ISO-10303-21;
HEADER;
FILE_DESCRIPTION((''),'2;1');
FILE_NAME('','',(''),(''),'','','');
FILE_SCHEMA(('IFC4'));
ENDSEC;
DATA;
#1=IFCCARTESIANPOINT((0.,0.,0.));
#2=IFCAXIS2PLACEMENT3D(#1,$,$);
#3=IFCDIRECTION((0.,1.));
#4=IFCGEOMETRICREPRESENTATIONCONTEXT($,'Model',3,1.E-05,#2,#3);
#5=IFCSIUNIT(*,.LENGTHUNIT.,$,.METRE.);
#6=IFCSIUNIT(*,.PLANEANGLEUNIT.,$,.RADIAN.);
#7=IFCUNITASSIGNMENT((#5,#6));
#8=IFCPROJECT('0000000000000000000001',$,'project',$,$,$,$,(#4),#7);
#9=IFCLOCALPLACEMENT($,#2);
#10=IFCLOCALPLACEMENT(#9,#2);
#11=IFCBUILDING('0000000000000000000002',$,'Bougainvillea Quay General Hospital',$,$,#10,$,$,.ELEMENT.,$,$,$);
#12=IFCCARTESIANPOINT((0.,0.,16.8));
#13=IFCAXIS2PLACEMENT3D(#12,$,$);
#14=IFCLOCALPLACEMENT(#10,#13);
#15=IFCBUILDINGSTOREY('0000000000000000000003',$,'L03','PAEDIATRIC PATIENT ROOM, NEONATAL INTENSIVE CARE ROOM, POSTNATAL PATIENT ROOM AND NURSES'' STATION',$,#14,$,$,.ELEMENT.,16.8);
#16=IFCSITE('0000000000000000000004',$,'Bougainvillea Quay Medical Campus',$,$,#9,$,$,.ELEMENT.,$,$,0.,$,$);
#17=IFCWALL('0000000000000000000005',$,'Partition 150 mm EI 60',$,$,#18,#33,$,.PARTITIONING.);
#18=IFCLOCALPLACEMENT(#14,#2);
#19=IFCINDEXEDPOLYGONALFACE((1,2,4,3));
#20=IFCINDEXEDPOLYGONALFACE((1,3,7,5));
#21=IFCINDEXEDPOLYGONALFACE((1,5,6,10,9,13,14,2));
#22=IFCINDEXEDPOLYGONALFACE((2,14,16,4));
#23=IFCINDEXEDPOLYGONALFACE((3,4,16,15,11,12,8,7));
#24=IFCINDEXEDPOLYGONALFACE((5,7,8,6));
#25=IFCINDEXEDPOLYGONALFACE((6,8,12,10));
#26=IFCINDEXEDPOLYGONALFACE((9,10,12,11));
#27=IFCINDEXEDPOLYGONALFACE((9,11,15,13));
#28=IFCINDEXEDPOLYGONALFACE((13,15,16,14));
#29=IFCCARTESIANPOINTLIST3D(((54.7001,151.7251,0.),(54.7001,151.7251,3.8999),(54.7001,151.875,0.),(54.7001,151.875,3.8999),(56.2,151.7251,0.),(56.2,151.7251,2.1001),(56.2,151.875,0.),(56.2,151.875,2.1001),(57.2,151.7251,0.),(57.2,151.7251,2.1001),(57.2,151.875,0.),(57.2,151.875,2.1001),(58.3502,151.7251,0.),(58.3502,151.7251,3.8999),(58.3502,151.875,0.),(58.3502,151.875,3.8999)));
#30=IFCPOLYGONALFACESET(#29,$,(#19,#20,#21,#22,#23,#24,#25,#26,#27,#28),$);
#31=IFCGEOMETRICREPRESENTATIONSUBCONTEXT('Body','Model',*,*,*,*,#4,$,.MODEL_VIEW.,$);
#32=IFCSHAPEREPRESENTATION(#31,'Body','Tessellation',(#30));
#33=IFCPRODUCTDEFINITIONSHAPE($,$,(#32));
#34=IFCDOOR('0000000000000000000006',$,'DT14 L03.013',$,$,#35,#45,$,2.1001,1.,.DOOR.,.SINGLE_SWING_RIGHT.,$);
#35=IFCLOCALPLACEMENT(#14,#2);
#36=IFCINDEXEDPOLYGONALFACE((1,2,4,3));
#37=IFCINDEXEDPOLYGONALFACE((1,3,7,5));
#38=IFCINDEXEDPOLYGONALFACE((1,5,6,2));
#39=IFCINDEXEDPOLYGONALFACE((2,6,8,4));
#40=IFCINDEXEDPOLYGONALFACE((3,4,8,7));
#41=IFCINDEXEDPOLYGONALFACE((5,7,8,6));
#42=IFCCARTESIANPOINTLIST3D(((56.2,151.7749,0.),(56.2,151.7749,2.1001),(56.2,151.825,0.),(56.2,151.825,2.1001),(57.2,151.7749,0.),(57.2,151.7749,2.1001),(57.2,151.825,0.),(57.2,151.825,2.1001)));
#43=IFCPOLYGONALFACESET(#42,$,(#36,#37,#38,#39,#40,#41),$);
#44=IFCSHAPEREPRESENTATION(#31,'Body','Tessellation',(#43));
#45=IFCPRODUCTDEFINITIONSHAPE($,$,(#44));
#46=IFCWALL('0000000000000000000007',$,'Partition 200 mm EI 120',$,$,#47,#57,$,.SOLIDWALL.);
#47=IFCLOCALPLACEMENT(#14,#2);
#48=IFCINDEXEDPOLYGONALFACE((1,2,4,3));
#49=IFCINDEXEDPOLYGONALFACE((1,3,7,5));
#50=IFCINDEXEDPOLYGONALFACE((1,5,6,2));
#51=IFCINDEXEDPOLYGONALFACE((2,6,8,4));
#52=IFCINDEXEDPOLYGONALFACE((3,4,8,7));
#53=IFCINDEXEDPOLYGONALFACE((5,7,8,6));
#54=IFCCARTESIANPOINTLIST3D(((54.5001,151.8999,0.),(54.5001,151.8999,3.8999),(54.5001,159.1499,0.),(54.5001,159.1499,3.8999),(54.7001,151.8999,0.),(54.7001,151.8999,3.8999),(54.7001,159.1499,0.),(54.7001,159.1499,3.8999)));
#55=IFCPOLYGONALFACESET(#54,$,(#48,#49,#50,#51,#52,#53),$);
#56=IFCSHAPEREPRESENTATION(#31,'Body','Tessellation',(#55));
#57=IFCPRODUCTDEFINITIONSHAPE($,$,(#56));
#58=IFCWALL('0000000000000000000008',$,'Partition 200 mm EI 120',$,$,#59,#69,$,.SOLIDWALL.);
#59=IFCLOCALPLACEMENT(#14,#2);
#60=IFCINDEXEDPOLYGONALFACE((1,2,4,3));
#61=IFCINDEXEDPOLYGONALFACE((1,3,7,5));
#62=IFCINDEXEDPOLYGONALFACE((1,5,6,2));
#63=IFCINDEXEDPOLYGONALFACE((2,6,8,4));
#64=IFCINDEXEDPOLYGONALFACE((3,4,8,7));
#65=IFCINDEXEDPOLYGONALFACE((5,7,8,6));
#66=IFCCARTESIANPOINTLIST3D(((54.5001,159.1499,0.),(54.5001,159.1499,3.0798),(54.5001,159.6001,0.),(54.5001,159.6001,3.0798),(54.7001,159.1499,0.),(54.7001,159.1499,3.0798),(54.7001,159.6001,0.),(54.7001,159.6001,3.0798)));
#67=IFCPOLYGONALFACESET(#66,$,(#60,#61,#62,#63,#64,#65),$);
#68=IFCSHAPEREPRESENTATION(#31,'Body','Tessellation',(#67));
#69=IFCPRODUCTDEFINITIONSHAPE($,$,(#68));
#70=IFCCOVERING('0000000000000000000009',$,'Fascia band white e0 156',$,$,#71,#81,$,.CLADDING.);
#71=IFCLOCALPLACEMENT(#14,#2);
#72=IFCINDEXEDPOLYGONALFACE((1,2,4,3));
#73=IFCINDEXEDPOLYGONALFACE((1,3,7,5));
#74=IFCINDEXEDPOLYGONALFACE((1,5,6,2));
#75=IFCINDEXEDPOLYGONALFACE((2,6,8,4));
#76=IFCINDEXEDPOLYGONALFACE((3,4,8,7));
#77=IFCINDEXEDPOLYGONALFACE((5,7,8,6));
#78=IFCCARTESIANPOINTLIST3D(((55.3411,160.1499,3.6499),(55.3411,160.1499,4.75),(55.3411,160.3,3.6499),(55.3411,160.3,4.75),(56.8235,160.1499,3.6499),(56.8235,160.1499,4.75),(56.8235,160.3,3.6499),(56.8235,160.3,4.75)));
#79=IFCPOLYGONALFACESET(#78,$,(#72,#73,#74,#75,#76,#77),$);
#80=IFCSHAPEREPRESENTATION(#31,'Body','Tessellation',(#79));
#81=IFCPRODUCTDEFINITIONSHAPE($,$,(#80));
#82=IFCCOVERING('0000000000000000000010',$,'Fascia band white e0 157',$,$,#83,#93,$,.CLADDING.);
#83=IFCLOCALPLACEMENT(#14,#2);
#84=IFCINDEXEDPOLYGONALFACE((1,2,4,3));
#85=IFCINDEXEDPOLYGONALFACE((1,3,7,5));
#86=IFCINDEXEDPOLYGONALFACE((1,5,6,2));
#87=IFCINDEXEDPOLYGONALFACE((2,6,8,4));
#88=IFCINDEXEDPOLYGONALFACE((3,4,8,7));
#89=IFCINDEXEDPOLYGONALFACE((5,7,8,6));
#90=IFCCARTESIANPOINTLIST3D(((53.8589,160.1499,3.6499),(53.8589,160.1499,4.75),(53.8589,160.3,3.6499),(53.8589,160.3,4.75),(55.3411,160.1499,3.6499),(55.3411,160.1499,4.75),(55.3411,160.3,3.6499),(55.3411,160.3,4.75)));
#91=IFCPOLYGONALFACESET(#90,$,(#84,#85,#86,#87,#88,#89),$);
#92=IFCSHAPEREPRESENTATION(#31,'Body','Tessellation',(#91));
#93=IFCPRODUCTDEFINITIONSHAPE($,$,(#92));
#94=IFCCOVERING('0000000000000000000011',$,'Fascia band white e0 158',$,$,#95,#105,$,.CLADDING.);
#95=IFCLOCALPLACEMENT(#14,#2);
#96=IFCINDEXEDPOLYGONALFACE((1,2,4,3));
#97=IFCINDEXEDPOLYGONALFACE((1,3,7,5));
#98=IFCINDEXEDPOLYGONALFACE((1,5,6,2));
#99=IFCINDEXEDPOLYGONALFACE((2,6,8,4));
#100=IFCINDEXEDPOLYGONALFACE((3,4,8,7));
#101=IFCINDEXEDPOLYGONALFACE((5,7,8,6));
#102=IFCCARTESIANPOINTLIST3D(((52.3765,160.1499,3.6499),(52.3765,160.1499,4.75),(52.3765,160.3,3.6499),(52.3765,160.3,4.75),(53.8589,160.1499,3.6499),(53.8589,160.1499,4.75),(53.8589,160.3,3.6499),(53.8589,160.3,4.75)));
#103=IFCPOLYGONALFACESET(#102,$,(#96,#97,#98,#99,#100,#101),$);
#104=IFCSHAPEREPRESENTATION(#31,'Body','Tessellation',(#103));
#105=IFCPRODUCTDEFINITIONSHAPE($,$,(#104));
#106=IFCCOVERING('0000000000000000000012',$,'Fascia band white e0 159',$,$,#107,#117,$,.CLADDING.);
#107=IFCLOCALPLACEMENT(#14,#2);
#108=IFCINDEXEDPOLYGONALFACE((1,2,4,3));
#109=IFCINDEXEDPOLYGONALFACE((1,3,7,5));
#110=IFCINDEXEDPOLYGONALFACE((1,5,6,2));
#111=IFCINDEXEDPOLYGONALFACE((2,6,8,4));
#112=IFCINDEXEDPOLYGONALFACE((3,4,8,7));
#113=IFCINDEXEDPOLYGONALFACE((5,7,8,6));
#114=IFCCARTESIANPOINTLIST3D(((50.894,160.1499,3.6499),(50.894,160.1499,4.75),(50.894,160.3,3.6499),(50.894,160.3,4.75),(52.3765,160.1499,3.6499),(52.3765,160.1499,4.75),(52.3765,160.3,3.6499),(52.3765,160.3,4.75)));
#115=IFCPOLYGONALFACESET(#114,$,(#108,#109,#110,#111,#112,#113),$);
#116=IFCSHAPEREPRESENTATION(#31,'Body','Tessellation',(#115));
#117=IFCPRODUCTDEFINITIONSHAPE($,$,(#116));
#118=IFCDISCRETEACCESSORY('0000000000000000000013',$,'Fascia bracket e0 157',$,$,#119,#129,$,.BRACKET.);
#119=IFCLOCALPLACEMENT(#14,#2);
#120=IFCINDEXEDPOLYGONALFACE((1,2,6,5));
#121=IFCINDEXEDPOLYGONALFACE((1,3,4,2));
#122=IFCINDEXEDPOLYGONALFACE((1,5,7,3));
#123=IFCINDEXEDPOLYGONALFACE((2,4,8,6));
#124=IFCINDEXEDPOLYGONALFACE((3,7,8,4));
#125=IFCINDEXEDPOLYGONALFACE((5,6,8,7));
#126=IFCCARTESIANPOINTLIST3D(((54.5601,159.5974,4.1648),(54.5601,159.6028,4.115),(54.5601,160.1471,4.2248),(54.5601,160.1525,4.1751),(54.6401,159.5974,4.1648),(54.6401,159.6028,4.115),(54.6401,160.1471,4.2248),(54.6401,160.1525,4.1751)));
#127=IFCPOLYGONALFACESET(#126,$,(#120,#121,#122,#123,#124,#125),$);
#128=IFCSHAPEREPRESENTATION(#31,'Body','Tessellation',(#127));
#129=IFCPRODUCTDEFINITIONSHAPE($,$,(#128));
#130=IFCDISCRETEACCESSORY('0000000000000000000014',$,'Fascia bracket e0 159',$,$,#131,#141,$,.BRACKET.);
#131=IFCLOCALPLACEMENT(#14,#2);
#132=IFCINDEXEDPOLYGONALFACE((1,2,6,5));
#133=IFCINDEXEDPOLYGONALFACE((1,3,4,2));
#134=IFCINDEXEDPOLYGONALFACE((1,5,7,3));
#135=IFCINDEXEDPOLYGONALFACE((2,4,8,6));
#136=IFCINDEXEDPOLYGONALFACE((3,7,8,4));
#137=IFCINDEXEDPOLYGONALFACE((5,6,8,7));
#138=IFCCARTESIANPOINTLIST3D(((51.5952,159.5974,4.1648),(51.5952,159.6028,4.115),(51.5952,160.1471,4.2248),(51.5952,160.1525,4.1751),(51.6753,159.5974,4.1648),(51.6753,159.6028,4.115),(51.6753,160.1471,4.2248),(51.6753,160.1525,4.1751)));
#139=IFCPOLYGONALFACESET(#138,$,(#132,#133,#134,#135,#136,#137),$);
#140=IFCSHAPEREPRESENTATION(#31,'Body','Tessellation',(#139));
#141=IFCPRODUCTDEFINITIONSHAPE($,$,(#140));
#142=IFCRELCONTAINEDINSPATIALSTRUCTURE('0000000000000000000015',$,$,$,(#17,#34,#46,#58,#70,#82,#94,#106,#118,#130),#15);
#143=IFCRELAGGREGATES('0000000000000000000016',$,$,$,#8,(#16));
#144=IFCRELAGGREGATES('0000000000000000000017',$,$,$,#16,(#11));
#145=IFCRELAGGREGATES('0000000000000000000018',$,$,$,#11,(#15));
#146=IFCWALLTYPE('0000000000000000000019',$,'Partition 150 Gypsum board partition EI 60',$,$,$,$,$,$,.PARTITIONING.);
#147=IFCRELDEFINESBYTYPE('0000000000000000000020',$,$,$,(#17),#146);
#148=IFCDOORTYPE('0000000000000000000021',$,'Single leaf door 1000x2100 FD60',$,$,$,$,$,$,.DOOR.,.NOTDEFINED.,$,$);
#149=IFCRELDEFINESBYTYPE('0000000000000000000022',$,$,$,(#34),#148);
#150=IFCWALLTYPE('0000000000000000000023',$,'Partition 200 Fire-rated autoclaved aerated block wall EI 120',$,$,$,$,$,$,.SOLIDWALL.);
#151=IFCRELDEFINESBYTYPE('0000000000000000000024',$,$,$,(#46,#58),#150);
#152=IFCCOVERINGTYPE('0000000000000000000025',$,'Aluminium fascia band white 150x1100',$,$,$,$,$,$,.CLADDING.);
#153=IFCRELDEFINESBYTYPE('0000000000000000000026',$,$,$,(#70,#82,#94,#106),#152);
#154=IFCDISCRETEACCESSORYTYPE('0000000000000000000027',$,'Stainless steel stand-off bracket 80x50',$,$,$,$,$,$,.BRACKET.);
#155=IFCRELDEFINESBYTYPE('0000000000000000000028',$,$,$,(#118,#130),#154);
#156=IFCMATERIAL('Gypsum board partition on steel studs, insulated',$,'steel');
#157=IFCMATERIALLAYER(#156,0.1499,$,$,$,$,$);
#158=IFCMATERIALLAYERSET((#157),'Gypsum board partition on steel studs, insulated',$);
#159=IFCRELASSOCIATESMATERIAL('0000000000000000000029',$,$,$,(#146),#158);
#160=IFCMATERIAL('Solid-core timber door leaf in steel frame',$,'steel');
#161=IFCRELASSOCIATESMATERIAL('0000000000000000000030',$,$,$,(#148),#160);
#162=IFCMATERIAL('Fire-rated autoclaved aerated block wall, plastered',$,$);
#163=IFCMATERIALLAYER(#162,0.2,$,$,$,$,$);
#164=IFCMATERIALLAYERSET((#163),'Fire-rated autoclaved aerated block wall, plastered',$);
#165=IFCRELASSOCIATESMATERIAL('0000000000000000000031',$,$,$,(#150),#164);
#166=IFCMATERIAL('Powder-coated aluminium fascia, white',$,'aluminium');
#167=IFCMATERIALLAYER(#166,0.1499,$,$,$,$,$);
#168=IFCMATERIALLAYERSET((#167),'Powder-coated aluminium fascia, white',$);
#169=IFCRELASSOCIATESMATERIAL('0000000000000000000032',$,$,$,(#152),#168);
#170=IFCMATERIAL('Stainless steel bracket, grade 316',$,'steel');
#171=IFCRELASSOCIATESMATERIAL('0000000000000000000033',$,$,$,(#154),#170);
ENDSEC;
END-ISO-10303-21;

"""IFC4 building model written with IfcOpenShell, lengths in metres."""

from ifc_helpers import new_model, si_unit, direction, frame, frame_2d, origin, origin_2d, place, context, subcontext, project, spatial, polyline, rectangle, outline, extrude, material, layer, layer_set, material_profile, profile_set, type_object, element, fill, save


model = new_model("IFC4")

# Units and contexts
model_context = context("Model", 3, precision=1e-05, world=origin(), true_north=direction((0.0, 1.0)))
body_context = subcontext(model_context, "Body", "Model", "MODEL_VIEW")
ifc_project = project(units=[si_unit("LENGTHUNIT", "METRE"), si_unit("PLANEANGLEUNIT", "RADIAN")], contexts=[model_context])

# Site, building, storey
site_placement = place(None, origin())
site = spatial("IfcSite", under=ifc_project, at=site_placement, Name="Bougainvillea Quay Medical Campus", CompositionType="ELEMENT", RefElevation=0.0)
building_placement = place(site_placement, origin())
building = spatial("IfcBuilding", under=site, at=building_placement, Name="Bougainvillea Quay General Hospital", CompositionType="ELEMENT")
storey_placement = place(building_placement, frame((0.0, 0.0, 16.8)))
storey = spatial("IfcBuildingStorey", under=building, at=storey_placement, Name="L03", Description="PAEDIATRIC PATIENT ROOM, NEONATAL INTENSIVE CARE ROOM, POSTNATAL PATIENT ROOM AND NURSES' STATION", CompositionType="ELEMENT", Elevation=16.8)

# Wall, opening, door
ifc_material_1 = material(Name="Gypsum board partition on steel studs, insulated", Category="steel")
ifc_layer_1 = layer(ifc_material_1, 0.1499)
ifc_layer_set_1 = layer_set([ifc_layer_1], Name="Gypsum board partition on steel studs, insulated")
wall_type_1 = type_object("IfcWallType", Name="Partition 150 Gypsum board partition EI 60", PredefinedType="PARTITIONING", material=ifc_layer_set_1)
wall_1_placement = place(storey_placement, frame((54.7, 151.8, 0.0), z_axis=(0.0, 0.0, 1.0), x_axis=(1.0, 0.0, 0.0)))
wall_1 = element("IfcWall", 1, at=wall_1_placement, inside=storey, type_object=wall_type_1, Name="Partition 150 mm EI 60", PredefinedType="PARTITIONING", context=body_context, shape_type="SweptSolid", body=[
    extrude(rectangle(XDim=3.6501, YDim=0.1499, at=frame_2d((1.8252, 0.0))), origin(), (0.0, 0.0, 1.0), 3.8999),
])
opening_placement = place(wall_1_placement, frame((1.5, 0.0, 0.0)))
opening = element("IfcOpeningElement", 2, at=opening_placement, cuts=wall_1, PredefinedType="OPENING", context=body_context, shape_type="SweptSolid", body=[
    extrude(rectangle(XDim=1.0, YDim=2.1001, at=frame_2d((0.5, 1.05))), frame((0.0, 0.085, 0.0), z_axis=(0.0, -1.0, 0.0), x_axis=(1.0, 0.0, 0.0)), (0.0, 0.0, 1.0), 0.1699),
])
ifc_material_2 = material(Name="Solid-core timber door leaf in steel frame", Category="steel")
door_type = type_object("IfcDoorType", Name="Single leaf door 1000x2100 FD60", OperationType="NOTDEFINED", PredefinedType="DOOR", material=ifc_material_2)
door_placement = place(opening_placement, origin())
door = element("IfcDoor", 3, at=door_placement, inside=storey, type_object=door_type, Name="DT14 L03.013", OperationType="SINGLE_SWING_RIGHT", OverallHeight=2.1001, OverallWidth=1.0, PredefinedType="DOOR", context=body_context, shape_type="SweptSolid", body=[
    extrude(rectangle(XDim=1.0, YDim=2.1001, at=frame_2d((0.5, 1.05))), frame((0.0, 0.0249, 0.0), z_axis=(0.0, -1.0, 0.0), x_axis=(1.0, 0.0, 0.0)), (0.0, 0.0, 1.0), 0.05),
])
fill(opening, door)

# Walls
ifc_material_3 = material(Name="Fire-rated autoclaved aerated block wall, plastered")
ifc_layer_2 = layer(ifc_material_3, 0.2)
ifc_layer_set_2 = layer_set([ifc_layer_2], Name="Fire-rated autoclaved aerated block wall, plastered")
wall_type_2 = type_object("IfcWallType", Name="Partition 200 Fire-rated autoclaved aerated block wall EI 120", PredefinedType="SOLIDWALL", material=ifc_layer_set_2)
wall_2_placement = place(storey_placement, frame((54.6001, 151.8999, 0.0), z_axis=(0.0, 0.0, 1.0), x_axis=(0.0, 1.0, 0.0)))
element("IfcWall", 4, at=wall_2_placement, inside=storey, type_object=wall_type_2, Name="Partition 200 mm EI 120", PredefinedType="SOLIDWALL", context=body_context, shape_type="SweptSolid", body=[
    extrude(rectangle(XDim=7.25, YDim=0.2, at=frame_2d((3.625, 0.0))), origin(), (0.0, 0.0, 1.0), 3.8999),
])
wall_3_placement = place(storey_placement, frame((54.6001, 159.1499, 0.0), z_axis=(0.0, 0.0, 1.0), x_axis=(0.0, 1.0, 0.0)))
element("IfcWall", 5, at=wall_3_placement, inside=storey, type_object=wall_type_2, Name="Partition 200 mm EI 120", PredefinedType="SOLIDWALL", context=body_context, shape_type="SweptSolid", body=[
    extrude(rectangle(XDim=0.4502, YDim=0.2, at=frame_2d((0.2251, 0.0))), origin(), (0.0, 0.0, 1.0), 3.0798),
])

# Coverings
ifc_material_4 = material(Name="Powder-coated aluminium fascia, white", Category="aluminium")
ifc_layer_3 = layer(ifc_material_4, 0.1499)
ifc_layer_set_3 = layer_set([ifc_layer_3], Name="Powder-coated aluminium fascia, white")
covering_type = type_object("IfcCoveringType", Name="Aluminium fascia band white 150x1100", PredefinedType="CLADDING", material=ifc_layer_set_3)
covering_1_placement = place(storey_placement, frame((56.8235, 160.1499, 3.6499), z_axis=(0.0, 0.0, 1.0), x_axis=(-1.0, 0.0, 0.0)))
element("IfcCovering", 6, at=covering_1_placement, inside=storey, type_object=covering_type, Name="Fascia band white e0 156", PredefinedType="CLADDING", context=body_context, shape_type="SweptSolid", body=[
    extrude(outline(polyline([(0.0, 0.0), (1.4824, 0.0), (1.4824, -0.1501), (0.0, -0.1501), (0.0, 0.0)])), origin(), (0.0, 0.0, 1.0), 1.1001),
])
covering_2_placement = place(storey_placement, frame((55.3411, 160.1499, 3.6499), z_axis=(0.0, 0.0, 1.0), x_axis=(-1.0, 0.0, 0.0)))
element("IfcCovering", 7, at=covering_2_placement, inside=storey, type_object=covering_type, Name="Fascia band white e0 157", PredefinedType="CLADDING", context=body_context, shape_type="SweptSolid", body=[
    extrude(outline(polyline([(0.0, 0.0), (1.4822, 0.0), (1.4822, -0.1501), (0.0, -0.1501), (0.0, 0.0)])), origin(), (0.0, 0.0, 1.0), 1.1001),
])
for number, where, z_axis, x_axis, name in (
    (8, (53.8589, 160.1499, 3.6499), (0.0, 0.0, 1.0), (-1.0, 0.0, 0.0), "Fascia band white e0 158"),
    (9, (52.3765, 160.1499, 3.6499), (0.0, 0.0, 1.0), (-1.0, 0.0, 0.0), "Fascia band white e0 159"),
):
    element("IfcCovering", number, at=place(storey_placement, frame(where, z_axis=z_axis, x_axis=x_axis)), inside=storey, type_object=covering_type, Name=name, PredefinedType="CLADDING", context=body_context, shape_type="SweptSolid", body=[
        extrude(outline(polyline([(0.0, 0.0), (1.4824, 0.0), (1.4824, -0.1501), (0.0, -0.1501), (0.0, 0.0)])), origin(), (0.0, 0.0, 1.0), 1.1001),
    ])

# Discrete accessories
ifc_material_5 = material(Name="Stainless steel bracket, grade 316", Category="steel")
ifc_material_profile_1 = material_profile(ifc_material_5, rectangle(XDim=0.0801, YDim=0.05, at=origin_2d()))
ifc_profile_set_1 = profile_set([ifc_material_profile_1], Name="Stainless steel bracket, grade 316")
discrete_accessory_type = type_object("IfcDiscreteAccessoryType", Name="Stainless steel stand-off bracket 80x50", PredefinedType="BRACKET", material=ifc_profile_set_1)
for number, where, z_axis, x_axis, name in (
    (10, (54.6001, 159.6001, 4.1399), (0.0, 0.994087, 0.10859), (-1.0, 0.0, 0.0), "Fascia bracket e0 157"),
    (11, (51.6353, 159.6001, 4.1399), (0.0, 0.994087, 0.10859), (-1.0, 0.0, 0.0), "Fascia bracket e0 159"),
):
    element("IfcDiscreteAccessory", number, at=place(storey_placement, frame(where, z_axis=z_axis, x_axis=x_axis)), inside=storey, type_object=discrete_accessory_type, Name=name, PredefinedType="BRACKET", context=body_context, shape_type="SweptSolid", body=[
        extrude(rectangle(XDim=0.0801, YDim=0.05, at=origin_2d()), origin(), (0.0, 0.0, 1.0), 0.553),
    ])

save(model, "model.ifc")
